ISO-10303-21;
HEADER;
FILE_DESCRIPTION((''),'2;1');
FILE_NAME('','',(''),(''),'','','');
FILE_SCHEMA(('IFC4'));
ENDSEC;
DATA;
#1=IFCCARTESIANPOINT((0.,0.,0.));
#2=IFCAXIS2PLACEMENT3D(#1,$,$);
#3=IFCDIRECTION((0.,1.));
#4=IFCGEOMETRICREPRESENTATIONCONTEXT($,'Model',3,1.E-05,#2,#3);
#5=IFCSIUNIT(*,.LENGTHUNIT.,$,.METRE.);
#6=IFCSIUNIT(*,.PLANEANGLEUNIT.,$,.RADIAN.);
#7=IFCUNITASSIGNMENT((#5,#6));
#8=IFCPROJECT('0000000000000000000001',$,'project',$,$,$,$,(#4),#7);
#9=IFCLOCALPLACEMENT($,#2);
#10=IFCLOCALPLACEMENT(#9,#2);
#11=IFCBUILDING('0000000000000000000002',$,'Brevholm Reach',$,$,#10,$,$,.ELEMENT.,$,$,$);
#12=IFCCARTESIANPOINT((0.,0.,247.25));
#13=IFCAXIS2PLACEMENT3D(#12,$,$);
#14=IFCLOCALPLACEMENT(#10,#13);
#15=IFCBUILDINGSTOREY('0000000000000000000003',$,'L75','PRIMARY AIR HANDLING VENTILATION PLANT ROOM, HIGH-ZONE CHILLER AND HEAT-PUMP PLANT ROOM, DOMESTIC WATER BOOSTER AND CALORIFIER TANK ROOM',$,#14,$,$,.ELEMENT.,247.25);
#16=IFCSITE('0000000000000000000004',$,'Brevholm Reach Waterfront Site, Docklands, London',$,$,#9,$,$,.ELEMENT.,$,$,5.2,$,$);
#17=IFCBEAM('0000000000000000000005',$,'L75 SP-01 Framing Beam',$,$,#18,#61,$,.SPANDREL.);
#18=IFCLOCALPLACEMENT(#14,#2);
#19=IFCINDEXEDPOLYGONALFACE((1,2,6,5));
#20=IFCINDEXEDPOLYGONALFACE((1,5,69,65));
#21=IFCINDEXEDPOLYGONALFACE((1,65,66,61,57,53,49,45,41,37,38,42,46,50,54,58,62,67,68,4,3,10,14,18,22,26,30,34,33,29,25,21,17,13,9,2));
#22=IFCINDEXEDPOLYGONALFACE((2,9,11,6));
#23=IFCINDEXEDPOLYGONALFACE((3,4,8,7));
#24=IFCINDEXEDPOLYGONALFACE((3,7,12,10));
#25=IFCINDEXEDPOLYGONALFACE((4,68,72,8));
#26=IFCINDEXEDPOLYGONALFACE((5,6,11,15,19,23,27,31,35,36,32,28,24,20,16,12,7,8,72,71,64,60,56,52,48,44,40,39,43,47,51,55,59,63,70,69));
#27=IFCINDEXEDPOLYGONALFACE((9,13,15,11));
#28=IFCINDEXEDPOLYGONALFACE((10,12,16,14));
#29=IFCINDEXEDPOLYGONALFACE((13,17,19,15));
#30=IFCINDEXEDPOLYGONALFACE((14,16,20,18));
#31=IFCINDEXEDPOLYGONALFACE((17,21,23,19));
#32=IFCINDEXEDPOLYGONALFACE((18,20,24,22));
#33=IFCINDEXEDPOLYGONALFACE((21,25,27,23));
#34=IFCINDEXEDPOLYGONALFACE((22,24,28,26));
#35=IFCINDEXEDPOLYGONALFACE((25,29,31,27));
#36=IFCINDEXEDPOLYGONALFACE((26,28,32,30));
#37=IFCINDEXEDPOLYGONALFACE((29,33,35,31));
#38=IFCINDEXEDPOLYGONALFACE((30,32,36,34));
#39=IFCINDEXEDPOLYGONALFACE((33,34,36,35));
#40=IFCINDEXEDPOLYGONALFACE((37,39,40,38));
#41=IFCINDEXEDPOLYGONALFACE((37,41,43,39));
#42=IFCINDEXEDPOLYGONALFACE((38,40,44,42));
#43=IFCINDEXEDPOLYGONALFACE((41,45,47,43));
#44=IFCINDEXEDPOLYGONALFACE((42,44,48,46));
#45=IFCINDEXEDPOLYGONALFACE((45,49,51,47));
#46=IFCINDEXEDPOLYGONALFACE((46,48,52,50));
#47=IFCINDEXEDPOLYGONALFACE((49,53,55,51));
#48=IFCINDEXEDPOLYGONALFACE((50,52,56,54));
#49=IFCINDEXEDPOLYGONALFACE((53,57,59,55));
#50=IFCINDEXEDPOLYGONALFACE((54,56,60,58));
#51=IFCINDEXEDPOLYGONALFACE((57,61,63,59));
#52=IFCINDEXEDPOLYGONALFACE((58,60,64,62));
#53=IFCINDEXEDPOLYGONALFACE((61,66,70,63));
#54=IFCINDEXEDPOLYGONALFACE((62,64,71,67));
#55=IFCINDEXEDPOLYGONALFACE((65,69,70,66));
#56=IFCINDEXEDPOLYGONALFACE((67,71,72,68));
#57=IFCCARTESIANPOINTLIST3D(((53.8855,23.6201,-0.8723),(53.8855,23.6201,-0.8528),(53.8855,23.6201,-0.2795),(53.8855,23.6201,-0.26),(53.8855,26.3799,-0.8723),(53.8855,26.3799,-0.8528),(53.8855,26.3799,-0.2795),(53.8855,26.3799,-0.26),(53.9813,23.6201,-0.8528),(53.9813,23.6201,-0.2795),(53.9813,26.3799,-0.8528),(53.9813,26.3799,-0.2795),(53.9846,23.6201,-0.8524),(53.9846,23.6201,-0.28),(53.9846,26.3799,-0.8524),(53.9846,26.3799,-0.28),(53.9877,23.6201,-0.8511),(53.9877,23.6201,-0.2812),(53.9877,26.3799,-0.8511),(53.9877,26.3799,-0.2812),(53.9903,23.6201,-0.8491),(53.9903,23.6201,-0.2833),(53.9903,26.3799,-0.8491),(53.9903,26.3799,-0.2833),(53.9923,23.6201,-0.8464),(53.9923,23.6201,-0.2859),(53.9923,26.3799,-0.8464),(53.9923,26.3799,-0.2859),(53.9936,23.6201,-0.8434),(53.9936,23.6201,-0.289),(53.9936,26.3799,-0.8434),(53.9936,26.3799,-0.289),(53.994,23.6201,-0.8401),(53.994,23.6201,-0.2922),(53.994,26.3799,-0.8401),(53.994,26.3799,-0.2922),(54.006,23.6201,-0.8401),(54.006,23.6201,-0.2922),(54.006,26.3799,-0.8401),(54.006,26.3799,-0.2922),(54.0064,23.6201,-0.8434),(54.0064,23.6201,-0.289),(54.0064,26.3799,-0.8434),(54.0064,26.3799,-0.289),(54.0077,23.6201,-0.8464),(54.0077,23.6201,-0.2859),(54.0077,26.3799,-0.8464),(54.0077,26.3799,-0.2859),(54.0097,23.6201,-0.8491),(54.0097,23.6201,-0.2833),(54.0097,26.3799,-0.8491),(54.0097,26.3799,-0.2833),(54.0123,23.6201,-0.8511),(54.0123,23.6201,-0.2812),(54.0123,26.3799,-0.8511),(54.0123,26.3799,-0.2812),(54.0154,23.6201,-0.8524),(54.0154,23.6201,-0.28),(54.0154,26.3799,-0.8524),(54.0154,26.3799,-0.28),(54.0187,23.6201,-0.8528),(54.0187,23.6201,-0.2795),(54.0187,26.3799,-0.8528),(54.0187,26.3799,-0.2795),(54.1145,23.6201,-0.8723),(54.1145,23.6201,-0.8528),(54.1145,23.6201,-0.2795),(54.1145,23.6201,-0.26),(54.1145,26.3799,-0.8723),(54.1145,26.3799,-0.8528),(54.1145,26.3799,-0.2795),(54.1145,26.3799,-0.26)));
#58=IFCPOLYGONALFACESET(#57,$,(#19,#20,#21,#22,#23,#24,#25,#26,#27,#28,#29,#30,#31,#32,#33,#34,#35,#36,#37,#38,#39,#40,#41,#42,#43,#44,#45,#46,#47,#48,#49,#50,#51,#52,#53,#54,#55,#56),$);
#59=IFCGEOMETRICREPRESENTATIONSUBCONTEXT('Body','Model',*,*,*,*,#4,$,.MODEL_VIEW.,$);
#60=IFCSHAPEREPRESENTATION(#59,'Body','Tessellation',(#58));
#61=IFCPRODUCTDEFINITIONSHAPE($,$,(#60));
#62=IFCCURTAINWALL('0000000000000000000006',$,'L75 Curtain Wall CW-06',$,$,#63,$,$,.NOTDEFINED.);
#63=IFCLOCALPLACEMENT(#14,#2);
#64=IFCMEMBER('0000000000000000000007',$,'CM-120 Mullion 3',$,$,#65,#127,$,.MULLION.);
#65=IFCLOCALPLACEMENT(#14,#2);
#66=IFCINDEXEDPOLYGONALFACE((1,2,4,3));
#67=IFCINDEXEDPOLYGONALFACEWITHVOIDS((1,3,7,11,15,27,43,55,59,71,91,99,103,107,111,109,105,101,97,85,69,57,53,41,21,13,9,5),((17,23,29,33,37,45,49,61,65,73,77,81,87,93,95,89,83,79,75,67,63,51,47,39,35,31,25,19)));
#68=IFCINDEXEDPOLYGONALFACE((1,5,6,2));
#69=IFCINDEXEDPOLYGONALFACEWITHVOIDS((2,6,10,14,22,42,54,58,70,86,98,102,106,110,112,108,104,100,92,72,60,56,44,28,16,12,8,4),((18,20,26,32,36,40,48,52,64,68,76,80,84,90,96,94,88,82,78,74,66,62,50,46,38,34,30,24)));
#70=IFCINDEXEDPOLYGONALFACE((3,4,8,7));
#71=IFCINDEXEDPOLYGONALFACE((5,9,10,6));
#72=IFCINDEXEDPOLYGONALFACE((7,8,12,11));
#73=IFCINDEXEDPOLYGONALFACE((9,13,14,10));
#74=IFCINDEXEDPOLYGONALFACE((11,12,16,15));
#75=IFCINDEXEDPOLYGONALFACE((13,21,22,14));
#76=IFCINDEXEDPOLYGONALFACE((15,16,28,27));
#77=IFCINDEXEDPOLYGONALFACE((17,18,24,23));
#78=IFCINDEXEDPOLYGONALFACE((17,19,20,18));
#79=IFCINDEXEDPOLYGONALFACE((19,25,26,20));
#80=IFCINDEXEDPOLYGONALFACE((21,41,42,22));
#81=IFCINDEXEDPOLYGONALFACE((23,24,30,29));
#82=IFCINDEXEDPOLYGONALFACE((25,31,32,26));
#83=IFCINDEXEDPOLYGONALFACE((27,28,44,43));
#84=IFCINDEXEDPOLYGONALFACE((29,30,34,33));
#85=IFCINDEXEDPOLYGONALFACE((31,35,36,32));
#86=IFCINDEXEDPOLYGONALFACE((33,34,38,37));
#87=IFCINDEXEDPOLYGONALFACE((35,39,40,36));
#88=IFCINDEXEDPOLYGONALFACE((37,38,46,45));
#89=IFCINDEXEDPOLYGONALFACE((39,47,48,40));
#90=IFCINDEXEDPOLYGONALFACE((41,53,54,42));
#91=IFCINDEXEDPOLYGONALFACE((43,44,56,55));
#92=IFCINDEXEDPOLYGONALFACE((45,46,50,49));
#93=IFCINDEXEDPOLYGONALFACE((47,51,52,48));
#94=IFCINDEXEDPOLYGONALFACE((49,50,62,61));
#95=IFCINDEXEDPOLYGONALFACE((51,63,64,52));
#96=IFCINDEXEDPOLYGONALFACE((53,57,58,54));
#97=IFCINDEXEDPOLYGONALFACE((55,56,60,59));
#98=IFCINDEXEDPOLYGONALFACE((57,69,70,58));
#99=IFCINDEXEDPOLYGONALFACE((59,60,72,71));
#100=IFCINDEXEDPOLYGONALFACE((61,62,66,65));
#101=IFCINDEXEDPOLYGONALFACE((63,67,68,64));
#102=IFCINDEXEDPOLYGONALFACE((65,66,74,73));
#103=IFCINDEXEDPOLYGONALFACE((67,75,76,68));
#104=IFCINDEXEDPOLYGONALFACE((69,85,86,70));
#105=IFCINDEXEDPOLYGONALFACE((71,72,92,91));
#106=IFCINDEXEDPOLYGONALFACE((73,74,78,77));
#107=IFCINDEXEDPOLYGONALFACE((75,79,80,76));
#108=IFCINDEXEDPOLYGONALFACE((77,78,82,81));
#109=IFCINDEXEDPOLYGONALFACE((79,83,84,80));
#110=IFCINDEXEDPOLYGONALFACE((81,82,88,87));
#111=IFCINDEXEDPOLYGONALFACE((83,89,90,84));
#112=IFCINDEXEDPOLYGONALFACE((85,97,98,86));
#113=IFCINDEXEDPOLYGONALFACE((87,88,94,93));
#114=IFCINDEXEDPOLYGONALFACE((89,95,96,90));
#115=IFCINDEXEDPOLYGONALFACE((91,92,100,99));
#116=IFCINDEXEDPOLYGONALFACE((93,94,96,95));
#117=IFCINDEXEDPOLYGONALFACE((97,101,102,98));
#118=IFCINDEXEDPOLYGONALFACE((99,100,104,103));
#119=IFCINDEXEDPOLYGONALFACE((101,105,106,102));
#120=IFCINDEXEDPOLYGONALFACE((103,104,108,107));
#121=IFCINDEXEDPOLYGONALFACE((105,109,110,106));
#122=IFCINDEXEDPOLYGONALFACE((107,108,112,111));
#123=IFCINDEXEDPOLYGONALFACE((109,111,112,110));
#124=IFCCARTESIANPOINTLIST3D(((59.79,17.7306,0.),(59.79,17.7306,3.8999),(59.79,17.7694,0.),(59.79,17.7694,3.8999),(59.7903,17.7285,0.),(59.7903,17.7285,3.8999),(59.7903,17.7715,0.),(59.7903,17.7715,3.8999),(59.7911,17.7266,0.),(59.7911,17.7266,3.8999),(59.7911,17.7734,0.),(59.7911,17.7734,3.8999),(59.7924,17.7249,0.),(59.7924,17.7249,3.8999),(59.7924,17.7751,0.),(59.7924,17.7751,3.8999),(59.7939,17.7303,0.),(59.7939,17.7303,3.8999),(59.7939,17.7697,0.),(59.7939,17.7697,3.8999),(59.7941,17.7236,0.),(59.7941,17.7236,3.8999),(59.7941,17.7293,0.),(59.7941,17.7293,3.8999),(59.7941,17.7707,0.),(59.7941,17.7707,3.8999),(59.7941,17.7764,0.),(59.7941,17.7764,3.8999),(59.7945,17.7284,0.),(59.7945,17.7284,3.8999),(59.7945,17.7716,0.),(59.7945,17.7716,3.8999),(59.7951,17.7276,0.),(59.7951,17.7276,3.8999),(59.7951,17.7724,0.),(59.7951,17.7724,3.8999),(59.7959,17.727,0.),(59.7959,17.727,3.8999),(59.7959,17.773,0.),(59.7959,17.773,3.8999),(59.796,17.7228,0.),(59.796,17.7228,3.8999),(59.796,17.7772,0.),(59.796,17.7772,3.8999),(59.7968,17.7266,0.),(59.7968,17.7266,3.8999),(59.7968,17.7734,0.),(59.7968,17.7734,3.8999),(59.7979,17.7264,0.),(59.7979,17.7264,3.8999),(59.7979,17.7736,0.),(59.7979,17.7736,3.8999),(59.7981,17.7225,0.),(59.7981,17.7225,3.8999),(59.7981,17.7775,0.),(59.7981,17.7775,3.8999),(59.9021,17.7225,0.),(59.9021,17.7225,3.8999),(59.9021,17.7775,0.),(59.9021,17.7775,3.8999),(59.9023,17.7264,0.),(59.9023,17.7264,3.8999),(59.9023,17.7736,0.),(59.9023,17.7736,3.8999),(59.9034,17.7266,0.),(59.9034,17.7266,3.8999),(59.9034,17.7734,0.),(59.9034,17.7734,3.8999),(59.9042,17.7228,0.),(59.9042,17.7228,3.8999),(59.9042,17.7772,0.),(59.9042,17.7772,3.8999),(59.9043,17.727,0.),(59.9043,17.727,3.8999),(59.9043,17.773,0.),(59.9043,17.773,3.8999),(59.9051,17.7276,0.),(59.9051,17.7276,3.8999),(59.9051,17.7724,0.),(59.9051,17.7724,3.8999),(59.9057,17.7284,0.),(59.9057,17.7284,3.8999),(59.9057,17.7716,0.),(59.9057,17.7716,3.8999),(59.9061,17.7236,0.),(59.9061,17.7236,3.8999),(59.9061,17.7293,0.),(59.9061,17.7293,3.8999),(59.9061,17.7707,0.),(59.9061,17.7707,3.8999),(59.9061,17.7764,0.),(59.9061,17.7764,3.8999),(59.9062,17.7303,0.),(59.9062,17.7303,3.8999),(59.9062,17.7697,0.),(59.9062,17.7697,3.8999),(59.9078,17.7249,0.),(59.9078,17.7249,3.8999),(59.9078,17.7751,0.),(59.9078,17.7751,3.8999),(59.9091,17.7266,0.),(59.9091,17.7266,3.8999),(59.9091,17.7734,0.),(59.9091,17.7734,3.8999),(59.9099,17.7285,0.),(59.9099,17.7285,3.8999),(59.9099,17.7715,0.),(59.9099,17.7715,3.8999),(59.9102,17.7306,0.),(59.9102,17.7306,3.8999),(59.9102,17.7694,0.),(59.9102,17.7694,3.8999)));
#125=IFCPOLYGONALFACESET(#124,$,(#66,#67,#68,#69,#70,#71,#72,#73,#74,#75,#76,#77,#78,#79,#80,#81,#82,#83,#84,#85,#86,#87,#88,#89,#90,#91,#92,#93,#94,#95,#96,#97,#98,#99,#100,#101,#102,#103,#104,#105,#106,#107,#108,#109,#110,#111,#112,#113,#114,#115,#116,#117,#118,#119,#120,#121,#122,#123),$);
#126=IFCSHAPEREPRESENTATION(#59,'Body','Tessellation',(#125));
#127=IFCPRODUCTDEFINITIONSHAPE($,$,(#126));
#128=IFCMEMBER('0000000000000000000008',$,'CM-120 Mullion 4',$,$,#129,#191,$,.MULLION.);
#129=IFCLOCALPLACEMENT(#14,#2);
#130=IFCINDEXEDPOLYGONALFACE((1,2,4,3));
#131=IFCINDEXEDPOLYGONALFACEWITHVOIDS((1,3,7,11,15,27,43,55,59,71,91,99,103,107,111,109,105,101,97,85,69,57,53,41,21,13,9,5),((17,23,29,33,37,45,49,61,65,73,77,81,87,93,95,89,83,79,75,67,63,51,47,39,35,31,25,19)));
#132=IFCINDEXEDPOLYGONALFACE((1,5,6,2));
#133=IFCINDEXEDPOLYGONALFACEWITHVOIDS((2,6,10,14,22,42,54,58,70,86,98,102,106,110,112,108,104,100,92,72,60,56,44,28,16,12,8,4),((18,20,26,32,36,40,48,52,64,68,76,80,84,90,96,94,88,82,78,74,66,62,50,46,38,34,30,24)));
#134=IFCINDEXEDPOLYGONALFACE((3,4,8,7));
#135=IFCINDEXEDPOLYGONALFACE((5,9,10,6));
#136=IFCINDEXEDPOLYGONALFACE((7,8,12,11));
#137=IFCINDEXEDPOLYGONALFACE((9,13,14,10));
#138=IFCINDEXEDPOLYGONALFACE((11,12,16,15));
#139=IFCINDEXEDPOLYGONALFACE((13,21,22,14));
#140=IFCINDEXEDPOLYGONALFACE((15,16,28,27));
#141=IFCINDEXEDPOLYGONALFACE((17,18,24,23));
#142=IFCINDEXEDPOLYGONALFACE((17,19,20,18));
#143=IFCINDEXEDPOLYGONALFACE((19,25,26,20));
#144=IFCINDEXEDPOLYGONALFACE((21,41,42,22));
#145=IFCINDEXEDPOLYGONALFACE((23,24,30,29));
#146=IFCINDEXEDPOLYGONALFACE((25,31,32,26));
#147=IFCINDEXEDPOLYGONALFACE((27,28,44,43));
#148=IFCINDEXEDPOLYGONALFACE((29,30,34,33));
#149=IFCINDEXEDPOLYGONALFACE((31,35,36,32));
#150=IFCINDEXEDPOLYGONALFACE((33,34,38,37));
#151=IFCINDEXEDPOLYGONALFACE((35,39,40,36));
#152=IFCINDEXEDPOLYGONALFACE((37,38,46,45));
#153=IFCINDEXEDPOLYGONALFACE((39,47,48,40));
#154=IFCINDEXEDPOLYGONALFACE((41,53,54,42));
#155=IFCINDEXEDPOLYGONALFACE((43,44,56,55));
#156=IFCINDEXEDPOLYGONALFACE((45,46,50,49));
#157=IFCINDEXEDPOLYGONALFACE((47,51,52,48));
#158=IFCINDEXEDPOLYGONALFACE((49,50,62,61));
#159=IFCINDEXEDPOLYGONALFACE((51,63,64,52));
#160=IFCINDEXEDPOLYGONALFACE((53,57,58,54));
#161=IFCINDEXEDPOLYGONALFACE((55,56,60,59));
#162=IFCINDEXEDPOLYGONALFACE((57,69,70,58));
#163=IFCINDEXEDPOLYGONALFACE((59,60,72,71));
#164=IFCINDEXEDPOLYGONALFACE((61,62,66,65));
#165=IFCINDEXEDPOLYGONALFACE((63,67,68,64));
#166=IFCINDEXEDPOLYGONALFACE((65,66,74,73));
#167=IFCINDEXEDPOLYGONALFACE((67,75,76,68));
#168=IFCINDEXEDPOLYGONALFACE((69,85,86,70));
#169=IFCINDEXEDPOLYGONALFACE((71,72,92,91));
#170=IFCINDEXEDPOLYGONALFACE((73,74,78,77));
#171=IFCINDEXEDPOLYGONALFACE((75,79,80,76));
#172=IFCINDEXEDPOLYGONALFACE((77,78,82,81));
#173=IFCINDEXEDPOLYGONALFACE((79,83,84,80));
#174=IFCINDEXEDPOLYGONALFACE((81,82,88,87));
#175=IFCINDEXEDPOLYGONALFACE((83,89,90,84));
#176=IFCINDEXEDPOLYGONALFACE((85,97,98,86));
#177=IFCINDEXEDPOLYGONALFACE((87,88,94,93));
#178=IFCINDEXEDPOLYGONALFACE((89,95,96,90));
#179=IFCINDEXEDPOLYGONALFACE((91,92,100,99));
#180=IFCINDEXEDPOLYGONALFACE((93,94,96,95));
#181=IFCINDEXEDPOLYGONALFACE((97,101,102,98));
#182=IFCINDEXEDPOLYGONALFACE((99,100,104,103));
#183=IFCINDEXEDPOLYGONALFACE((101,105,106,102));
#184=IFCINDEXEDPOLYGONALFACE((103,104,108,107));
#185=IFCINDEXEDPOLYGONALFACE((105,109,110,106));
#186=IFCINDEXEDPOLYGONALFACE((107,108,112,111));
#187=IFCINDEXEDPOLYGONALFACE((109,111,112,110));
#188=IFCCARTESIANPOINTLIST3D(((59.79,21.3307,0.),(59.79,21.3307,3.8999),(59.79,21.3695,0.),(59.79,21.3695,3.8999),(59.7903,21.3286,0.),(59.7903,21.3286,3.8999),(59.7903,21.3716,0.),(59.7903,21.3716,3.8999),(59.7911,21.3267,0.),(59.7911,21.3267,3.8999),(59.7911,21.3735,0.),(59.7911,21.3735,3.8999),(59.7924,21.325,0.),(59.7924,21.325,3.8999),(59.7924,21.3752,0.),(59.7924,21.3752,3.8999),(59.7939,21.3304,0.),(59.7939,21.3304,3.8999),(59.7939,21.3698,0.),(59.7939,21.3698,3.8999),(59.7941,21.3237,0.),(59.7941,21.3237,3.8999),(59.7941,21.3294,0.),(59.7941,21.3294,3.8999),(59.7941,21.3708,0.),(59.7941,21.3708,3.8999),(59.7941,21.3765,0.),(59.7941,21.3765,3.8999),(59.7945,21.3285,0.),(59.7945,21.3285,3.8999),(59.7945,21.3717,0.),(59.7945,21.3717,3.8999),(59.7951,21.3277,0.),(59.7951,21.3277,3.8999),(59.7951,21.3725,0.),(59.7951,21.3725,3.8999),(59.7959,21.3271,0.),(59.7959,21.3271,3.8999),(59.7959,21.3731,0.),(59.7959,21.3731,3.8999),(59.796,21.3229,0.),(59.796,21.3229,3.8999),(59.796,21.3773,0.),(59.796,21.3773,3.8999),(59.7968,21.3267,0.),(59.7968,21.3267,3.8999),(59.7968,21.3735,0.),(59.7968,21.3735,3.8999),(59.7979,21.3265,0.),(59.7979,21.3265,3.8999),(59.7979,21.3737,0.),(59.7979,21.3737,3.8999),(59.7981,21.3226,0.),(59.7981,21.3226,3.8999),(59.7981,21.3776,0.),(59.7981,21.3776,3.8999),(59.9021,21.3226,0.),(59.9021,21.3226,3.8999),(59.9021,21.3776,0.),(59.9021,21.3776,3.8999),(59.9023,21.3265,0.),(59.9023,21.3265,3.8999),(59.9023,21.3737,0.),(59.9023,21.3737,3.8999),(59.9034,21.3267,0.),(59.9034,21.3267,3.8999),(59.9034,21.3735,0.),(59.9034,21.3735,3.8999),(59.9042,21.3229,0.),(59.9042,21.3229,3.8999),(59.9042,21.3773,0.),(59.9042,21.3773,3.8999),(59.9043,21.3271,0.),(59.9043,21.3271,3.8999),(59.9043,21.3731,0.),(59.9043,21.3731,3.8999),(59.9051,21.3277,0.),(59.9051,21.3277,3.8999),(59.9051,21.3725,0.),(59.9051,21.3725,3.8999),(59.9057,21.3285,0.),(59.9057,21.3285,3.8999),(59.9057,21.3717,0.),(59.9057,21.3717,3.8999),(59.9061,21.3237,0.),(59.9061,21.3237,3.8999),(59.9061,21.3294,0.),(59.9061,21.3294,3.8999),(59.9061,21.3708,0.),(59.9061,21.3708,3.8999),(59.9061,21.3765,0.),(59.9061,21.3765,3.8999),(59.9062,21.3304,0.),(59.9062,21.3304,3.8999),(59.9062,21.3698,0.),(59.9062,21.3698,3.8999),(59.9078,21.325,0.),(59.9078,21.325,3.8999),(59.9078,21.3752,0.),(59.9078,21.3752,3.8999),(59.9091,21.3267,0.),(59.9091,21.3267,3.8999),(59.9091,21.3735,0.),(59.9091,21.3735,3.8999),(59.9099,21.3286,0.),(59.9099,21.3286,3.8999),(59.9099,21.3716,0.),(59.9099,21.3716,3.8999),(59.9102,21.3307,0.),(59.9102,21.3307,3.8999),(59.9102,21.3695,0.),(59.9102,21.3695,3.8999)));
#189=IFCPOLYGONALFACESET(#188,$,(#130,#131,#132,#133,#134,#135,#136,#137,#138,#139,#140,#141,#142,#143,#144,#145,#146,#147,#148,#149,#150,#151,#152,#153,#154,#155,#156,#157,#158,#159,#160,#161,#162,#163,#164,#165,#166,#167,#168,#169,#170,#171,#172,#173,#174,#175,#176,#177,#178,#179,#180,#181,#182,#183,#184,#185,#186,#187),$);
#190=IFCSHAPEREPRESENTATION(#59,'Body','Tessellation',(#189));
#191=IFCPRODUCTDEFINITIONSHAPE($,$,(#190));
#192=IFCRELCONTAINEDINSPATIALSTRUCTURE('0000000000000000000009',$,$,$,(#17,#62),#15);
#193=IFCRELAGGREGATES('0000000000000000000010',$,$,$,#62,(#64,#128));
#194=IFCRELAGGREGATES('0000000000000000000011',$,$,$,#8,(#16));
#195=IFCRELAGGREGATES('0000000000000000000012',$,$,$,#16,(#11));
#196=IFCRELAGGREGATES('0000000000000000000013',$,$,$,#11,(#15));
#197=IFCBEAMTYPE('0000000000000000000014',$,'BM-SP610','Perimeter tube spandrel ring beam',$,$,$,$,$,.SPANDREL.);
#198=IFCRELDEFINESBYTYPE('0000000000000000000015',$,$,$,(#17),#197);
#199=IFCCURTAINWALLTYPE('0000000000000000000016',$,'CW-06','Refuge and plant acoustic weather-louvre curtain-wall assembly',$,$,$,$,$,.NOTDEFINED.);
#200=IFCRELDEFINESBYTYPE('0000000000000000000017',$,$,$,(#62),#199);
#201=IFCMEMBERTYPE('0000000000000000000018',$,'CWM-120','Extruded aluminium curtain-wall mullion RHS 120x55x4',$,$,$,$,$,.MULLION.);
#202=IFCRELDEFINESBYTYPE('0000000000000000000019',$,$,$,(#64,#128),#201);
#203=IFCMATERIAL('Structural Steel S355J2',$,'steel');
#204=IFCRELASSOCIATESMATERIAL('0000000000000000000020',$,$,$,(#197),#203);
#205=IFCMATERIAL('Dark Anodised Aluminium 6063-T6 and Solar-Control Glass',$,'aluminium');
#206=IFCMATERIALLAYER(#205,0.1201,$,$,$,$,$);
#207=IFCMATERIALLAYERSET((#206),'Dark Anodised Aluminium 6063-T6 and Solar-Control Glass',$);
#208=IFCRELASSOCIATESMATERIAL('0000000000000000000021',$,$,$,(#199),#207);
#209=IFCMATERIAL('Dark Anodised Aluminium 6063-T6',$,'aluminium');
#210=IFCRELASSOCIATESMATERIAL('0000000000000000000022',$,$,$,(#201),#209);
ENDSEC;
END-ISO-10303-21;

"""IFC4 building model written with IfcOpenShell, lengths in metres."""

from ifc_helpers import new_model, si_unit, direction, frame, origin, origin_2d, place, context, subcontext, project, spatial, hollow_rectangle, i_section, extrude, material, layer, layer_set, material_profile, profile_set, type_object, element, aggregate, save


model = new_model("IFC4")

# Units and contexts
model_context = context("Model", 3, precision=1e-05, world=origin(), true_north=direction((0.0, 1.0)))
body_context = subcontext(model_context, "Body", "Model", "MODEL_VIEW")
ifc_project = project(units=[si_unit("LENGTHUNIT", "METRE"), si_unit("PLANEANGLEUNIT", "RADIAN")], contexts=[model_context])

# Site, building, storey
site_placement = place(None, origin())
site = spatial("IfcSite", under=ifc_project, at=site_placement, Name="Brevholm Reach Waterfront Site, Docklands, London", CompositionType="ELEMENT", RefElevation=5.2)
building_placement = place(site_placement, origin())
building = spatial("IfcBuilding", under=site, at=building_placement, Name="Brevholm Reach", CompositionType="ELEMENT")
storey_placement = place(building_placement, frame((0.0, 0.0, 247.25)))
storey = spatial("IfcBuildingStorey", under=building, at=storey_placement, Name="L75", Description="PRIMARY AIR HANDLING VENTILATION PLANT ROOM, HIGH-ZONE CHILLER AND HEAT-PUMP PLANT ROOM, DOMESTIC WATER BOOSTER AND CALORIFIER TANK ROOM", CompositionType="ELEMENT", Elevation=247.25)

# Beam
ifc_material_1 = material(Name="Structural Steel S355J2", Category="steel")
ifc_material_profile_1 = material_profile(ifc_material_1, i_section(OverallWidth=0.229, OverallDepth=0.6123, WebThickness=0.012, FlangeThickness=0.0195, FilletRadius=0.0127, at=origin_2d()), Name="UKB 610x229x125")
ifc_profile_set_1 = profile_set([ifc_material_profile_1], Name="Structural Steel S355J2")
beam_type_1 = type_object("IfcBeamType", Name="BM-SP610", Description="Perimeter tube spandrel ring beam", PredefinedType="SPANDREL", material=ifc_profile_set_1)
beam_1_placement = place(storey_placement, frame((54.0, 23.6201, -0.5662), z_axis=(0.0, 1.0, 0.0), x_axis=(-1.0, 0.0, 0.0)))
element("IfcBeam", 1, at=beam_1_placement, inside=storey, type_object=beam_type_1, Name="L75 SP-01 Framing Beam", PredefinedType="SPANDREL", context=body_context, shape_type="SweptSolid", body=[
    extrude(i_section(OverallWidth=0.229, OverallDepth=0.6123, WebThickness=0.012, FlangeThickness=0.0195, FilletRadius=0.0127, at=origin_2d()), origin(), (0.0, 0.0, 1.0), 2.7598),
])

# Curtain wall, members
ifc_material_2 = material(Name="Dark Anodised Aluminium 6063-T6 and Solar-Control Glass", Category="aluminium")
ifc_layer_1 = layer(ifc_material_2, 0.1201)
ifc_layer_set_1 = layer_set([ifc_layer_1], Name="Dark Anodised Aluminium 6063-T6 and Solar-Control Glass")
curtain_wall_type = type_object("IfcCurtainWallType", Name="CW-06", Description="Refuge and plant acoustic weather-louvre curtain-wall assembly", PredefinedType="NOTDEFINED", material=ifc_layer_set_1)
curtain_wall_placement = place(storey_placement, origin())
curtain_wall = element("IfcCurtainWall", 2, at=curtain_wall_placement, inside=storey, type_object=curtain_wall_type, Name="L75 Curtain Wall CW-06", PredefinedType="NOTDEFINED")
ifc_material_3 = material(Name="Dark Anodised Aluminium 6063-T6", Category="aluminium")
ifc_material_profile_2 = material_profile(ifc_material_3, hollow_rectangle(XDim=0.0549, YDim=0.1201, WallThickness=0.0039, InnerFilletRadius=0.0039, OuterFilletRadius=0.0081, at=origin_2d()), Name="RHS 120x55x4")
ifc_profile_set_2 = profile_set([ifc_material_profile_2], Name="Dark Anodised Aluminium 6063-T6")
member_type_1 = type_object("IfcMemberType", Name="CWM-120", Description="Extruded aluminium curtain-wall mullion RHS 120x55x4", PredefinedType="MULLION", material=ifc_profile_set_2)
member_1_placement = place(storey_placement, frame((59.8501, 17.75, 0.0), z_axis=(0.0, 0.0, 1.0), x_axis=(0.0, 1.0, 0.0)))
member_1 = element("IfcMember", 3, at=member_1_placement, type_object=member_type_1, Name="CM-120 Mullion 3", PredefinedType="MULLION", context=body_context, shape_type="SweptSolid", body=[
    extrude(hollow_rectangle(XDim=0.0549, YDim=0.1201, WallThickness=0.0039, InnerFilletRadius=0.0039, OuterFilletRadius=0.0081, at=origin_2d()), origin(), (0.0, 0.0, 1.0), 3.8999),
])
member_2_placement = place(storey_placement, frame((59.8501, 21.3501, 0.0), z_axis=(0.0, 0.0, 1.0), x_axis=(0.0, 1.0, 0.0)))
member_2 = element("IfcMember", 4, at=member_2_placement, type_object=member_type_1, Name="CM-120 Mullion 4", PredefinedType="MULLION", context=body_context, shape_type="SweptSolid", body=[
    extrude(hollow_rectangle(XDim=0.0549, YDim=0.1201, WallThickness=0.0039, InnerFilletRadius=0.0039, OuterFilletRadius=0.0081, at=origin_2d()), origin(), (0.0, 0.0, 1.0), 3.8999),
])
aggregate(curtain_wall, [member_1, member_2])

save(model, "model.ifc")
